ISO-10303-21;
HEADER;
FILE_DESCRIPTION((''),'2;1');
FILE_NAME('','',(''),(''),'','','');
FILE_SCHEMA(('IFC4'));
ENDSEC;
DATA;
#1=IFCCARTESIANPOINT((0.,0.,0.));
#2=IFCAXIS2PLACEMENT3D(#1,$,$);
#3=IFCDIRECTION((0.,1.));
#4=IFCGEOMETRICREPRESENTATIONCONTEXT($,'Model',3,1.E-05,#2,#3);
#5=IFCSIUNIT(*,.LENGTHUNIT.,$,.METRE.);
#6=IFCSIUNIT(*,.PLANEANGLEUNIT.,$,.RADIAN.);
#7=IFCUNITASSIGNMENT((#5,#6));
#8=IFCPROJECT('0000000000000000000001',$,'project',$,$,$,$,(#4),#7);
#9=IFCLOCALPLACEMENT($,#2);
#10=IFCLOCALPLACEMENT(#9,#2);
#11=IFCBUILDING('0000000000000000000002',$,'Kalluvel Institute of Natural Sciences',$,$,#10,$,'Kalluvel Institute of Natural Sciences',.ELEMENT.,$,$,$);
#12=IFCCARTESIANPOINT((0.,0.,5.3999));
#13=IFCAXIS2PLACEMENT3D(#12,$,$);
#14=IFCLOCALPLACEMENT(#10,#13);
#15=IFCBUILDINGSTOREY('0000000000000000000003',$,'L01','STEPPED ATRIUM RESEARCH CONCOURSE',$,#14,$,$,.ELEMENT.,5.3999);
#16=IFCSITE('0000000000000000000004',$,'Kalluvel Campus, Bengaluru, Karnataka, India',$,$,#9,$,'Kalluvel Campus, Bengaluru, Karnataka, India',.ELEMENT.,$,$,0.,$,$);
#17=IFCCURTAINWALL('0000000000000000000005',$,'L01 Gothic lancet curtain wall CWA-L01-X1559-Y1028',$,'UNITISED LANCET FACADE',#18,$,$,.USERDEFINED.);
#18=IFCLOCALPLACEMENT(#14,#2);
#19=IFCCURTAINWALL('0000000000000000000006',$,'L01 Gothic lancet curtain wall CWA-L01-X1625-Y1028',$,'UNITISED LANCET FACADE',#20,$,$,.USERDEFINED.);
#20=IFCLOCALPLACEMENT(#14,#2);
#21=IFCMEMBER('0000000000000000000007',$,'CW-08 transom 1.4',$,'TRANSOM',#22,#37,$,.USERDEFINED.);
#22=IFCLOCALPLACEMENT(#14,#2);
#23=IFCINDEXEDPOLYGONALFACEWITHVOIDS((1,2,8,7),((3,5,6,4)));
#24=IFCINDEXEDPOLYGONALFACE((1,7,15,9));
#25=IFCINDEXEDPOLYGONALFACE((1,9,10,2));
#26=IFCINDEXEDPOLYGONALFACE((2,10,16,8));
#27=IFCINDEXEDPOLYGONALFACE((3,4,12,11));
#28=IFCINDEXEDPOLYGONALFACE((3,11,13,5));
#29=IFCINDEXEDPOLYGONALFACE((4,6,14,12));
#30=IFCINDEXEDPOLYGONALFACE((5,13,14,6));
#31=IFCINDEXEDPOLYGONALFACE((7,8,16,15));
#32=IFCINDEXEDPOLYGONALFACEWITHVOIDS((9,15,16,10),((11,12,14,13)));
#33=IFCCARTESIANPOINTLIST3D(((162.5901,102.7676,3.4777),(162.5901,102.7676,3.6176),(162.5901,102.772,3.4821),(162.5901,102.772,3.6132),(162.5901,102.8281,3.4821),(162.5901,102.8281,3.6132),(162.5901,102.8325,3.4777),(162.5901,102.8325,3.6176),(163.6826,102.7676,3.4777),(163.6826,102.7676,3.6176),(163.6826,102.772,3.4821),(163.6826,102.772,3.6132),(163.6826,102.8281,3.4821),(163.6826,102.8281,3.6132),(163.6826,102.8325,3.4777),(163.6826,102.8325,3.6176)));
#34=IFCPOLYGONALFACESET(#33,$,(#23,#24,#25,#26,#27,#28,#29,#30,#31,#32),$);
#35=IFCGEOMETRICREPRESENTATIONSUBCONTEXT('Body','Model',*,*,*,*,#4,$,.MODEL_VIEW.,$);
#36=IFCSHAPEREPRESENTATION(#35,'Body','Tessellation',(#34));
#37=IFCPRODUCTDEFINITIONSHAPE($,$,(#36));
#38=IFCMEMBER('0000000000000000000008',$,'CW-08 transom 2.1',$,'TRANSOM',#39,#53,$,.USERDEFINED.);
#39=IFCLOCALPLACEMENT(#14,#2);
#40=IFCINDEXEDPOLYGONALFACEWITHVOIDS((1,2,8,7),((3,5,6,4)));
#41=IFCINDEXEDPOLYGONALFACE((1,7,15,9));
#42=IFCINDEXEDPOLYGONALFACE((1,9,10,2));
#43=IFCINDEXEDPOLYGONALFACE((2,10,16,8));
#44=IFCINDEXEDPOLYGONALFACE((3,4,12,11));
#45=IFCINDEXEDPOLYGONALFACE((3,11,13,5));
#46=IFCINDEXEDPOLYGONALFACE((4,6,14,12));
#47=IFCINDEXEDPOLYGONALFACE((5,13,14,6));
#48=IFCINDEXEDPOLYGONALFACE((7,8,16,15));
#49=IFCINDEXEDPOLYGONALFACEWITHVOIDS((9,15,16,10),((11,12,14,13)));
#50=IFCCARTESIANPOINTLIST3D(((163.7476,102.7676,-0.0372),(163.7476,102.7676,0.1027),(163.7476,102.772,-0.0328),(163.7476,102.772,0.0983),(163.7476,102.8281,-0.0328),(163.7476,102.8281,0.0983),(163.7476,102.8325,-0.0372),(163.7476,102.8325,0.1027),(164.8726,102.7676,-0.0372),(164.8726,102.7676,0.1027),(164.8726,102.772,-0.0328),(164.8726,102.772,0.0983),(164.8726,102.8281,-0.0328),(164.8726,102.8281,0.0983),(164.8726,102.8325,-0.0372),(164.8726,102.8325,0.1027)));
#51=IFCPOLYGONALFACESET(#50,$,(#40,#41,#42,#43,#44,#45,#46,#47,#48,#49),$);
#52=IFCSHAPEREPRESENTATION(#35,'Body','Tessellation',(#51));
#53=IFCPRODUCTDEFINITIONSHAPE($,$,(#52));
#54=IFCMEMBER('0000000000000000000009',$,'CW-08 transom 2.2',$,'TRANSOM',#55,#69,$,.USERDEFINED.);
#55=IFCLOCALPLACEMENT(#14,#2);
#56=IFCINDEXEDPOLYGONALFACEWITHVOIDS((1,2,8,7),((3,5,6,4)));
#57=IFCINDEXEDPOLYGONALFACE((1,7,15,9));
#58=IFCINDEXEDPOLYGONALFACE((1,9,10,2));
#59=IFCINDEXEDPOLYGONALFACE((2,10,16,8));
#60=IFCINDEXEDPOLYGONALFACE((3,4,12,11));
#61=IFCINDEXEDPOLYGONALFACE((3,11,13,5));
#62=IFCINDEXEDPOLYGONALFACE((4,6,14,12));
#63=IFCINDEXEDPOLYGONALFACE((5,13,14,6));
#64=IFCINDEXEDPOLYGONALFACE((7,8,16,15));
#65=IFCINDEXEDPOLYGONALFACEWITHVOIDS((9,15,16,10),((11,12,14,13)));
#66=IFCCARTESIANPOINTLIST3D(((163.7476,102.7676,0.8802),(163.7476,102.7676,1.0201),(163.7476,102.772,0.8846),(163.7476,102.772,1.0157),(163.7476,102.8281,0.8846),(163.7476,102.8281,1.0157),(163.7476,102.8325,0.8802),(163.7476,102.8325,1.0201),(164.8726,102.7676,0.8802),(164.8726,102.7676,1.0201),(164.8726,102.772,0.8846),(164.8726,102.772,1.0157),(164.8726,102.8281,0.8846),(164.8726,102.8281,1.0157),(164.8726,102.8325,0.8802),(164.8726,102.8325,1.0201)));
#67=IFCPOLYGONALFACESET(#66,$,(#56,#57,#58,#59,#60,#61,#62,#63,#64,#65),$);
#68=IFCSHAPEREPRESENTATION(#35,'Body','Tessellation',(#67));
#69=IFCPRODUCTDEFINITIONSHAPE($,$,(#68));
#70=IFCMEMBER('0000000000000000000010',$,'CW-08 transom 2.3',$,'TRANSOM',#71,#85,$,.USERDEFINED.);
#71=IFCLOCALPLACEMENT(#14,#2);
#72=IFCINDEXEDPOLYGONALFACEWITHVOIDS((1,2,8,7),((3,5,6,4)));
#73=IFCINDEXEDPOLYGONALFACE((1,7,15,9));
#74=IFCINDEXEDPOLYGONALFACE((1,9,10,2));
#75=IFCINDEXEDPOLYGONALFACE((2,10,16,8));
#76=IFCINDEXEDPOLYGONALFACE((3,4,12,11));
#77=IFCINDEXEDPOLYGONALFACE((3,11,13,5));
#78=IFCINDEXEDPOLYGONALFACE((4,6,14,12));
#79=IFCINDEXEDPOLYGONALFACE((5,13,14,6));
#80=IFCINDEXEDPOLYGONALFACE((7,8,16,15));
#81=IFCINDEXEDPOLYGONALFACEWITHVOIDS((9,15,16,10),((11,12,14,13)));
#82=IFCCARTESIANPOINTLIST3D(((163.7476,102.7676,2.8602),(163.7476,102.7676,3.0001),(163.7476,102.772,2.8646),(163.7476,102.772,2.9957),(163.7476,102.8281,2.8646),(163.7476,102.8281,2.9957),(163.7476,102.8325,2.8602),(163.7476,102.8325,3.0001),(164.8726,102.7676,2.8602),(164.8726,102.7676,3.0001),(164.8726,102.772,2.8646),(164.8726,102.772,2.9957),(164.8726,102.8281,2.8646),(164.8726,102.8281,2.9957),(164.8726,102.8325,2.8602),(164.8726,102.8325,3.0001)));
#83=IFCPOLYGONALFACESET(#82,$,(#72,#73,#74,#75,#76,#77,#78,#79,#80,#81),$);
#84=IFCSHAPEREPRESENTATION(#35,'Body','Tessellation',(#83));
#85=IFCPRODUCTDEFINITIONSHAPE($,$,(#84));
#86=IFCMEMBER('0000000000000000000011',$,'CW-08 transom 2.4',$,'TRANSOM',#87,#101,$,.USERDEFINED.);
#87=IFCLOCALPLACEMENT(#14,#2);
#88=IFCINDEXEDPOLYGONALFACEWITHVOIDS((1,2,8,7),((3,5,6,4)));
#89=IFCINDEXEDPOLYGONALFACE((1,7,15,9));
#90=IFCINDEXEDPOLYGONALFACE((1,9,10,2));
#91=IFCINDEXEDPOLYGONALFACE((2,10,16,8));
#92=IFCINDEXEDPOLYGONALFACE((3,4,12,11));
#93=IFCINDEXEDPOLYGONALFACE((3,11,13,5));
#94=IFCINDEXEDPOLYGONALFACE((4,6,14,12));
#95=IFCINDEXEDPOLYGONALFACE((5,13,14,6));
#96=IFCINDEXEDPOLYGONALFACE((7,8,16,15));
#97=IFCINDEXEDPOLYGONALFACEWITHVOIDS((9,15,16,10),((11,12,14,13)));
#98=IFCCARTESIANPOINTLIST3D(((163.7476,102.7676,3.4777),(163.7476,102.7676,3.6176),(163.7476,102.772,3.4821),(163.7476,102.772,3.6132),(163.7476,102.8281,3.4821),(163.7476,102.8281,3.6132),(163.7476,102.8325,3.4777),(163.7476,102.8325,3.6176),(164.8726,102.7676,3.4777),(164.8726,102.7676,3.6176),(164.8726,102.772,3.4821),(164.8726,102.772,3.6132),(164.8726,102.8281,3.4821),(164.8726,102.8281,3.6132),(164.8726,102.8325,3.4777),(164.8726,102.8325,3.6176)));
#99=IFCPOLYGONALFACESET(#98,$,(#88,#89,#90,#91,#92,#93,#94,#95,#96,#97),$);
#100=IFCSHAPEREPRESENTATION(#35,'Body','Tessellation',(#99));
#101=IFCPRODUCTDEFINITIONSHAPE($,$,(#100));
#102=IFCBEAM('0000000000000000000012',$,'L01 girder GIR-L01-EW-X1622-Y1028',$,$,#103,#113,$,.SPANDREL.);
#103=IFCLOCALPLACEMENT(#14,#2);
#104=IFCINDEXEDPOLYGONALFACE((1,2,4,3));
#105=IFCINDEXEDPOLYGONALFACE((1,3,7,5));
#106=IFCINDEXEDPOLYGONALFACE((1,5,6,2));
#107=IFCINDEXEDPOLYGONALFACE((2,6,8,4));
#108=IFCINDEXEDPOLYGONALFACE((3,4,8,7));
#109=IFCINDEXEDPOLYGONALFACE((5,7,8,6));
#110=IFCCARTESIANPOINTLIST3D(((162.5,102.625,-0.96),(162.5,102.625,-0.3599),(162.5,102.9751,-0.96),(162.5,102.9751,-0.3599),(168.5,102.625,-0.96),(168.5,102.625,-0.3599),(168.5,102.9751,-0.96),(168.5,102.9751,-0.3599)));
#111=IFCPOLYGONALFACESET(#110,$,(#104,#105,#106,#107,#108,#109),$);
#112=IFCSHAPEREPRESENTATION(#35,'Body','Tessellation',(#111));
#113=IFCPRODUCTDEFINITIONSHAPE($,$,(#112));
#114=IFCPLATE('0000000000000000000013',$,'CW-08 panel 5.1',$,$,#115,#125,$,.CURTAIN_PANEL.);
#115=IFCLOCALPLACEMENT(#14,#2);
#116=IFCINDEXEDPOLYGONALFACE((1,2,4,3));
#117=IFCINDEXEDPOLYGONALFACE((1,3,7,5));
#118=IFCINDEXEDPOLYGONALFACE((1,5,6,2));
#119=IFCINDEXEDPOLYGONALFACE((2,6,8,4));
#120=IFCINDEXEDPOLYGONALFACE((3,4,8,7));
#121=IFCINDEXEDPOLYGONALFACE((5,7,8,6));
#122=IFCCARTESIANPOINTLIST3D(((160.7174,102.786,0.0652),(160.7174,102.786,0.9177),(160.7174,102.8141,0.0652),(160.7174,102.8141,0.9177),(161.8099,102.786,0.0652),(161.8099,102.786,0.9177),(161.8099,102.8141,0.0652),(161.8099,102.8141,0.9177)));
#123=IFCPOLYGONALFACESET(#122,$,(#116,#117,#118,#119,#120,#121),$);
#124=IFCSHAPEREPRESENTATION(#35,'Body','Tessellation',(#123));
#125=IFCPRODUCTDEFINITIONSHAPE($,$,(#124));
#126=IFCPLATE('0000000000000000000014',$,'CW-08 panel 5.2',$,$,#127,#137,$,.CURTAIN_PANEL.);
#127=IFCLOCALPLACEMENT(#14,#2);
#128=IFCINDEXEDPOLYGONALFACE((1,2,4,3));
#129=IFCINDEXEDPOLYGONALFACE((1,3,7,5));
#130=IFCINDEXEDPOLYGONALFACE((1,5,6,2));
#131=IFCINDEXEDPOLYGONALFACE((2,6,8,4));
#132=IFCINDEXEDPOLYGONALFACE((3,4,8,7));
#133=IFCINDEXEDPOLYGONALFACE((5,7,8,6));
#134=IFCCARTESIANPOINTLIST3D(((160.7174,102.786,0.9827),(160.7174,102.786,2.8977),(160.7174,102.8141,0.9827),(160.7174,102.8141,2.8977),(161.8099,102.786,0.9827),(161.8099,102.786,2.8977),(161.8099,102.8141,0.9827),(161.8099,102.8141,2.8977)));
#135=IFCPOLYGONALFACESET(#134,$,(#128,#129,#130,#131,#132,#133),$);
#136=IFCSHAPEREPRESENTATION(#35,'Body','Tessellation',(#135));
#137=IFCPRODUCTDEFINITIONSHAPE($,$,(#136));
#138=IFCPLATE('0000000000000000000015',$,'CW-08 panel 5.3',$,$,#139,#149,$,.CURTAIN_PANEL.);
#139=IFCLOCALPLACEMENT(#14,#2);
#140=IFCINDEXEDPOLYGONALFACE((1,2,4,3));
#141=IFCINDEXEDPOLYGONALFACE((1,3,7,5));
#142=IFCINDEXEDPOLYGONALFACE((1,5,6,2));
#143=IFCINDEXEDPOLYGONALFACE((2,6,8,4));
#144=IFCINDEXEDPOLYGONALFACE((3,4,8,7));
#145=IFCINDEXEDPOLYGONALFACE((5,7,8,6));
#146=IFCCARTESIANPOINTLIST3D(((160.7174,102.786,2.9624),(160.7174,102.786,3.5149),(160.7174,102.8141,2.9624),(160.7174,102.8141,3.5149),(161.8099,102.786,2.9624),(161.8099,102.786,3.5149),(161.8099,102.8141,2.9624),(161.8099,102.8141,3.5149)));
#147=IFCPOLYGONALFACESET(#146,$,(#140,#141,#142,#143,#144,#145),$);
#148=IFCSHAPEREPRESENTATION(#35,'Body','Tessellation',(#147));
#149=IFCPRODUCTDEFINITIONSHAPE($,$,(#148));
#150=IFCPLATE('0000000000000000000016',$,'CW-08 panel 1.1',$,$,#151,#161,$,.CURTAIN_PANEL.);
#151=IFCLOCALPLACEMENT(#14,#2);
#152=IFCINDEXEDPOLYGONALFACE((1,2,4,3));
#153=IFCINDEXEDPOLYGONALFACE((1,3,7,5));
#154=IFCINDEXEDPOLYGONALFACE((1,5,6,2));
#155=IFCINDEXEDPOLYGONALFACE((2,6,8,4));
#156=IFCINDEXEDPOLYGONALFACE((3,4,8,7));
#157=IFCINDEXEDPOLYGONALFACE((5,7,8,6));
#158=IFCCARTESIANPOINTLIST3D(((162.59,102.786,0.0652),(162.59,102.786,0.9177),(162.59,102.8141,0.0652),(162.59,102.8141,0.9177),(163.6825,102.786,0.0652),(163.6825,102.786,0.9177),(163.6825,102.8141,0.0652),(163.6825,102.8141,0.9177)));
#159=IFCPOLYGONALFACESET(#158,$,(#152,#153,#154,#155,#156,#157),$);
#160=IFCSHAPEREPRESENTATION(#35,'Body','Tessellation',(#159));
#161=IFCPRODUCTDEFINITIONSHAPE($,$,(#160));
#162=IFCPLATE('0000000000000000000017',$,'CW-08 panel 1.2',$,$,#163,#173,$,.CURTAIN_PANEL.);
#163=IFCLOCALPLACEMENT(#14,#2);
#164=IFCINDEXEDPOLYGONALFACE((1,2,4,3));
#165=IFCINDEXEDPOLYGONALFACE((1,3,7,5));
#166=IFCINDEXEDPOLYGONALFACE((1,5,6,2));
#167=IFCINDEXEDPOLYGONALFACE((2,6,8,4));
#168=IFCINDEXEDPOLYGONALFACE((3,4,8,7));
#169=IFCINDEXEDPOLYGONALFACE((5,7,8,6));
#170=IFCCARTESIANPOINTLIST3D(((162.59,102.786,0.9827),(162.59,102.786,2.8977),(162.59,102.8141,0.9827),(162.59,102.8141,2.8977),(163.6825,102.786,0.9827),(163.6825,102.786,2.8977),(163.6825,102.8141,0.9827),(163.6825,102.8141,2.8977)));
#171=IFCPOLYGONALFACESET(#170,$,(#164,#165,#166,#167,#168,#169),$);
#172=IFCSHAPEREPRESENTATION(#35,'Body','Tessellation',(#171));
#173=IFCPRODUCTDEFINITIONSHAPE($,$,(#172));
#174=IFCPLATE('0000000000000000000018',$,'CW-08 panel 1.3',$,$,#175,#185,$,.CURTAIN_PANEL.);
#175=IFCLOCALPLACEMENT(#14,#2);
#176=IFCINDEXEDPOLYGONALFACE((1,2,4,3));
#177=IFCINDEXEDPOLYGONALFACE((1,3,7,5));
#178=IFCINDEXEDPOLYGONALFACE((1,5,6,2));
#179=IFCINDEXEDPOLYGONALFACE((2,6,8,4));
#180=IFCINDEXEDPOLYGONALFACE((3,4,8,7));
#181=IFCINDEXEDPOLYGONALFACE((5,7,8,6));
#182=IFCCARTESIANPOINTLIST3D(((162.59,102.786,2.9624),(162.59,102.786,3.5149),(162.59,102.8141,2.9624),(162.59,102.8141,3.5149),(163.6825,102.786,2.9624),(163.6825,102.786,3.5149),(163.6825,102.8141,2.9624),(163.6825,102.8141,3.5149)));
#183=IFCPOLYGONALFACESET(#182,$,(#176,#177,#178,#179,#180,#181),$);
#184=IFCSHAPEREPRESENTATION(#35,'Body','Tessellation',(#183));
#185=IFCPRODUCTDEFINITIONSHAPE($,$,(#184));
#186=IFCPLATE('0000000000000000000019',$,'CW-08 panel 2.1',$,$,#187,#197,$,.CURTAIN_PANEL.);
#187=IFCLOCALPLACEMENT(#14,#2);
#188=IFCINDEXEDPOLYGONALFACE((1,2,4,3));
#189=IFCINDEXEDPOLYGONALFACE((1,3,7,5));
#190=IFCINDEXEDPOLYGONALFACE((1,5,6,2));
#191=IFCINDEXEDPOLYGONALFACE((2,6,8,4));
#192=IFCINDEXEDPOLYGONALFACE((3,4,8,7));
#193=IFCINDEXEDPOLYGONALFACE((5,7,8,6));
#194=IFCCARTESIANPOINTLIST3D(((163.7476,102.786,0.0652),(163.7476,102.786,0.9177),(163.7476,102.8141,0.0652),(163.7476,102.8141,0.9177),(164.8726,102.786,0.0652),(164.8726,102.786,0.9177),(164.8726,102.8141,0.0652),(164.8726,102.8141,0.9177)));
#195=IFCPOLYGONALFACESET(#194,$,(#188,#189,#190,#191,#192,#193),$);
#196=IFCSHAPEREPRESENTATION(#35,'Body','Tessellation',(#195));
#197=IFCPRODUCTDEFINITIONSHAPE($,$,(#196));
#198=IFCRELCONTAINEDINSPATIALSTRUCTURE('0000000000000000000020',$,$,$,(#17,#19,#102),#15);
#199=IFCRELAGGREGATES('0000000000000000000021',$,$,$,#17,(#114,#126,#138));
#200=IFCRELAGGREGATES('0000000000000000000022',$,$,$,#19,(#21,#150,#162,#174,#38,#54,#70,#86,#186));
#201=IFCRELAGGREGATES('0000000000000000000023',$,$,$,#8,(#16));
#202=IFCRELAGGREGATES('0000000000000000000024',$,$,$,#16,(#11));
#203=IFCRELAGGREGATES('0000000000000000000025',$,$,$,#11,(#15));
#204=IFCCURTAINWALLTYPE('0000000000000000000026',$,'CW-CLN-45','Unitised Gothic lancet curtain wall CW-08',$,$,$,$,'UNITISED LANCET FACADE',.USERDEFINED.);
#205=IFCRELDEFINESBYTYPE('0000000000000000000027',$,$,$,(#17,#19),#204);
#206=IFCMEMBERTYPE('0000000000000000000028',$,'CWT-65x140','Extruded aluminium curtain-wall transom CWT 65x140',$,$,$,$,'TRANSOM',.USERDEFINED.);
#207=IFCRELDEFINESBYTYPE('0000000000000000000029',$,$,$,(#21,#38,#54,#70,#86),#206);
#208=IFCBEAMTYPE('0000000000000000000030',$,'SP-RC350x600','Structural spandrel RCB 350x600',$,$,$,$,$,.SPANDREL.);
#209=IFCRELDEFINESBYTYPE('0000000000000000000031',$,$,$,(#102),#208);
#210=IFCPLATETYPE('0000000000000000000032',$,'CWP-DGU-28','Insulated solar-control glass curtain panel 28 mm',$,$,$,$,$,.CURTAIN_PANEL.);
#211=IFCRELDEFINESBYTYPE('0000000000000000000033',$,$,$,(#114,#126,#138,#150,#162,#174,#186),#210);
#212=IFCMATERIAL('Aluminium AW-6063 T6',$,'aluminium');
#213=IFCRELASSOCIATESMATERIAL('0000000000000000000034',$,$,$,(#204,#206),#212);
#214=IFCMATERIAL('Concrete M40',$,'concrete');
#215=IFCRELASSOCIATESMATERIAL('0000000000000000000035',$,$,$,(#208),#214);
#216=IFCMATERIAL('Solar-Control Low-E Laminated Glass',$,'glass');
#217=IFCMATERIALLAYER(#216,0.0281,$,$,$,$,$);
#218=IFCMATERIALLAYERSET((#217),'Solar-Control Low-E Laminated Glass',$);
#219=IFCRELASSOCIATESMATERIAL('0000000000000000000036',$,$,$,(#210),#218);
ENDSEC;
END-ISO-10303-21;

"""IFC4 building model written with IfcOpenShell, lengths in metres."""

from ifc_helpers import new_model, si_unit, direction, frame, origin, origin_2d, place, context, subcontext, project, spatial, rectangle, hollow_rectangle, extrude, material, layer, layer_set, material_profile, profile_set, type_object, element, aggregate, save


model = new_model("IFC4")

# Units and contexts
model_context = context("Model", 3, precision=1e-05, world=origin(), true_north=direction((0.0, 1.0)))
body_context = subcontext(model_context, "Body", "Model", "MODEL_VIEW")
ifc_project = project(units=[si_unit("LENGTHUNIT", "METRE"), si_unit("PLANEANGLEUNIT", "RADIAN")], contexts=[model_context])

# Site, building, storey
site_placement = place(None, origin())
site = spatial("IfcSite", under=ifc_project, at=site_placement, Name="Kalluvel Campus, Bengaluru, Karnataka, India", LongName="Kalluvel Campus, Bengaluru, Karnataka, India", CompositionType="ELEMENT", RefElevation=0.0)
building_placement = place(site_placement, origin())
building = spatial("IfcBuilding", under=site, at=building_placement, Name="Kalluvel Institute of Natural Sciences", LongName="Kalluvel Institute of Natural Sciences", CompositionType="ELEMENT")
storey_placement = place(building_placement, frame((0.0, 0.0, 5.3999)))
storey = spatial("IfcBuildingStorey", under=building, at=storey_placement, Name="L01", Description="STEPPED ATRIUM RESEARCH CONCOURSE", CompositionType="ELEMENT", Elevation=5.3999)

# Shared definitions
ifc_material_1 = material(Name="Concrete M40", Category="concrete")

# Curtain wall
ifc_material_2 = material(Name="Aluminium AW-6063 T6", Category="aluminium")
curtain_wall_type = type_object("IfcCurtainWallType", Name="CW-CLN-45", Description="Unitised Gothic lancet curtain wall CW-08", ElementType="UNITISED LANCET FACADE", PredefinedType="USERDEFINED", material=ifc_material_2)
curtain_wall_1_placement = place(storey_placement, origin())
curtain_wall_1 = element("IfcCurtainWall", 1, at=curtain_wall_1_placement, inside=storey, type_object=curtain_wall_type, Name="L01 Gothic lancet curtain wall CWA-L01-X1559-Y1028", ObjectType="UNITISED LANCET FACADE", PredefinedType="USERDEFINED")

# Curtain wall
curtain_wall_2_placement = place(storey_placement, origin())
curtain_wall_2 = element("IfcCurtainWall", 2, at=curtain_wall_2_placement, inside=storey, type_object=curtain_wall_type, Name="L01 Gothic lancet curtain wall CWA-L01-X1625-Y1028", ObjectType="UNITISED LANCET FACADE", PredefinedType="USERDEFINED")

# Members
ifc_material_profile_1 = material_profile(ifc_material_2, hollow_rectangle(XDim=0.0649, YDim=0.1399, WallThickness=0.0044, at=origin_2d()), Name="CWT 65x140")
ifc_profile_set_1 = profile_set([ifc_material_profile_1], Name="Aluminium AW-6063 T6")
member_type_1 = type_object("IfcMemberType", Name="CWT-65x140", Description="Extruded aluminium curtain-wall transom CWT 65x140", ElementType="TRANSOM", PredefinedType="USERDEFINED", material=ifc_profile_set_1)
member_1_placement = place(storey_placement, frame((162.5901, 102.8, 3.5476), z_axis=(1.0, 0.0, 0.0), x_axis=(0.0, 1.0, 0.0)))
member_1 = element("IfcMember", 3, at=member_1_placement, type_object=member_type_1, Name="CW-08 transom 1.4", ObjectType="TRANSOM", PredefinedType="USERDEFINED", context=body_context, shape_type="SweptSolid", body=[
    extrude(hollow_rectangle(XDim=0.0649, YDim=0.1399, WallThickness=0.0044, at=origin_2d()), origin(), (0.0, 0.0, 1.0), 1.0925),
])
member_2_placement = place(storey_placement, frame((163.7476, 102.8, 0.0327), z_axis=(1.0, 0.0, 0.0), x_axis=(0.0, 1.0, 0.0)))
member_2 = element("IfcMember", 4, at=member_2_placement, type_object=member_type_1, Name="CW-08 transom 2.1", ObjectType="TRANSOM", PredefinedType="USERDEFINED", context=body_context, shape_type="SweptSolid", body=[
    extrude(hollow_rectangle(XDim=0.0649, YDim=0.1399, WallThickness=0.0044, at=origin_2d()), origin(), (0.0, 0.0, 1.0), 1.125),
])
member_3_placement = place(storey_placement, frame((163.7476, 102.8, 0.9502), z_axis=(1.0, 0.0, 0.0), x_axis=(0.0, 1.0, 0.0)))
member_3 = element("IfcMember", 5, at=member_3_placement, type_object=member_type_1, Name="CW-08 transom 2.2", ObjectType="TRANSOM", PredefinedType="USERDEFINED", context=body_context, shape_type="SweptSolid", body=[
    extrude(hollow_rectangle(XDim=0.0649, YDim=0.1399, WallThickness=0.0044, at=origin_2d()), origin(), (0.0, 0.0, 1.0), 1.125),
])
member_4_placement = place(storey_placement, frame((163.7476, 102.8, 2.9302), z_axis=(1.0, 0.0, 0.0), x_axis=(0.0, 1.0, 0.0)))
member_4 = element("IfcMember", 6, at=member_4_placement, type_object=member_type_1, Name="CW-08 transom 2.3", ObjectType="TRANSOM", PredefinedType="USERDEFINED", context=body_context, shape_type="SweptSolid", body=[
    extrude(hollow_rectangle(XDim=0.0649, YDim=0.1399, WallThickness=0.0044, at=origin_2d()), origin(), (0.0, 0.0, 1.0), 1.125),
])
member_5_placement = place(storey_placement, frame((163.7476, 102.8, 3.5476), z_axis=(1.0, 0.0, 0.0), x_axis=(0.0, 1.0, 0.0)))
member_5 = element("IfcMember", 7, at=member_5_placement, type_object=member_type_1, Name="CW-08 transom 2.4", ObjectType="TRANSOM", PredefinedType="USERDEFINED", context=body_context, shape_type="SweptSolid", body=[
    extrude(hollow_rectangle(XDim=0.0649, YDim=0.1399, WallThickness=0.0044, at=origin_2d()), origin(), (0.0, 0.0, 1.0), 1.125),
])

# Beam
ifc_material_profile_2 = material_profile(ifc_material_1, rectangle(XDim=0.3501, YDim=0.6001, at=origin_2d()), Name="RCB 350x600")
ifc_profile_set_2 = profile_set([ifc_material_profile_2], Name="Concrete M40")
beam_type = type_object("IfcBeamType", Name="SP-RC350x600", Description="Structural spandrel RCB 350x600", PredefinedType="SPANDREL", material=ifc_profile_set_2)
beam_placement = place(storey_placement, frame((162.5, 102.8, -0.6599), z_axis=(1.0, 0.0, 0.0), x_axis=(0.0, 1.0, 0.0)))
element("IfcBeam", 8, at=beam_placement, inside=storey, type_object=beam_type, Name="L01 girder GIR-L01-EW-X1622-Y1028", PredefinedType="SPANDREL", context=body_context, shape_type="SweptSolid", body=[
    extrude(rectangle(XDim=0.3501, YDim=0.6001, at=origin_2d()), origin(), (0.0, 0.0, 1.0), 6.0),
])

# Plates
ifc_material_3 = material(Name="Solar-Control Low-E Laminated Glass", Category="glass")
ifc_layer = layer(ifc_material_3, 0.0281)
ifc_layer_set = layer_set([ifc_layer], Name="Solar-Control Low-E Laminated Glass")
plate_type = type_object("IfcPlateType", Name="CWP-DGU-28", Description="Insulated solar-control glass curtain panel 28 mm", PredefinedType="CURTAIN_PANEL", material=ifc_layer_set)
plate_1_placement = place(storey_placement, frame((161.2637, 102.8, 0.0652), z_axis=(0.0, 0.0, 1.0), x_axis=(1.0, 0.0, 0.0)))
plate_1 = element("IfcPlate", 9, at=plate_1_placement, type_object=plate_type, Name="CW-08 panel 5.1", PredefinedType="CURTAIN_PANEL", context=body_context, shape_type="SweptSolid", body=[
    extrude(rectangle(XDim=1.0925, YDim=0.0281, at=origin_2d()), origin(), (0.0, 0.0, 1.0), 0.8525),
])
plate_2_placement = place(storey_placement, frame((161.2637, 102.8, 0.9827), z_axis=(0.0, 0.0, 1.0), x_axis=(1.0, 0.0, 0.0)))
plate_2 = element("IfcPlate", 10, at=plate_2_placement, type_object=plate_type, Name="CW-08 panel 5.2", PredefinedType="CURTAIN_PANEL", context=body_context, shape_type="SweptSolid", body=[
    extrude(rectangle(XDim=1.0925, YDim=0.0281, at=origin_2d()), origin(), (0.0, 0.0, 1.0), 1.915),
])
plate_3_placement = place(storey_placement, frame((161.2637, 102.8, 2.9624), z_axis=(0.0, 0.0, 1.0), x_axis=(1.0, 0.0, 0.0)))
plate_3 = element("IfcPlate", 11, at=plate_3_placement, type_object=plate_type, Name="CW-08 panel 5.3", PredefinedType="CURTAIN_PANEL", context=body_context, shape_type="SweptSolid", body=[
    extrude(rectangle(XDim=1.0925, YDim=0.0281, at=origin_2d()), origin(), (0.0, 0.0, 1.0), 0.5525),
])
aggregate(curtain_wall_1, [plate_1, plate_2, plate_3])
plate_4_placement = place(storey_placement, frame((163.1362, 102.8, 0.0652), z_axis=(0.0, 0.0, 1.0), x_axis=(1.0, 0.0, 0.0)))
plate_4 = element("IfcPlate", 12, at=plate_4_placement, type_object=plate_type, Name="CW-08 panel 1.1", PredefinedType="CURTAIN_PANEL", context=body_context, shape_type="SweptSolid", body=[
    extrude(rectangle(XDim=1.0925, YDim=0.0281, at=origin_2d()), origin(), (0.0, 0.0, 1.0), 0.8525),
])
plate_5_placement = place(storey_placement, frame((163.1362, 102.8, 0.9827), z_axis=(0.0, 0.0, 1.0), x_axis=(1.0, 0.0, 0.0)))
plate_5 = element("IfcPlate", 13, at=plate_5_placement, type_object=plate_type, Name="CW-08 panel 1.2", PredefinedType="CURTAIN_PANEL", context=body_context, shape_type="SweptSolid", body=[
    extrude(rectangle(XDim=1.0925, YDim=0.0281, at=origin_2d()), origin(), (0.0, 0.0, 1.0), 1.915),
])
plate_6_placement = place(storey_placement, frame((163.1362, 102.8, 2.9624), z_axis=(0.0, 0.0, 1.0), x_axis=(1.0, 0.0, 0.0)))
plate_6 = element("IfcPlate", 14, at=plate_6_placement, type_object=plate_type, Name="CW-08 panel 1.3", PredefinedType="CURTAIN_PANEL", context=body_context, shape_type="SweptSolid", body=[
    extrude(rectangle(XDim=1.0925, YDim=0.0281, at=origin_2d()), origin(), (0.0, 0.0, 1.0), 0.5525),
])
plate_7_placement = place(storey_placement, frame((164.3101, 102.8, 0.0652), z_axis=(0.0, 0.0, 1.0), x_axis=(1.0, 0.0, 0.0)))
plate_7 = element("IfcPlate", 15, at=plate_7_placement, type_object=plate_type, Name="CW-08 panel 2.1", PredefinedType="CURTAIN_PANEL", context=body_context, shape_type="SweptSolid", body=[
    extrude(rectangle(XDim=1.125, YDim=0.0281, at=origin_2d()), origin(), (0.0, 0.0, 1.0), 0.8525),
])
aggregate(curtain_wall_2, [member_1, plate_4, plate_5, plate_6, member_2, member_3, member_4, member_5, plate_7])

save(model, "model.ifc")
